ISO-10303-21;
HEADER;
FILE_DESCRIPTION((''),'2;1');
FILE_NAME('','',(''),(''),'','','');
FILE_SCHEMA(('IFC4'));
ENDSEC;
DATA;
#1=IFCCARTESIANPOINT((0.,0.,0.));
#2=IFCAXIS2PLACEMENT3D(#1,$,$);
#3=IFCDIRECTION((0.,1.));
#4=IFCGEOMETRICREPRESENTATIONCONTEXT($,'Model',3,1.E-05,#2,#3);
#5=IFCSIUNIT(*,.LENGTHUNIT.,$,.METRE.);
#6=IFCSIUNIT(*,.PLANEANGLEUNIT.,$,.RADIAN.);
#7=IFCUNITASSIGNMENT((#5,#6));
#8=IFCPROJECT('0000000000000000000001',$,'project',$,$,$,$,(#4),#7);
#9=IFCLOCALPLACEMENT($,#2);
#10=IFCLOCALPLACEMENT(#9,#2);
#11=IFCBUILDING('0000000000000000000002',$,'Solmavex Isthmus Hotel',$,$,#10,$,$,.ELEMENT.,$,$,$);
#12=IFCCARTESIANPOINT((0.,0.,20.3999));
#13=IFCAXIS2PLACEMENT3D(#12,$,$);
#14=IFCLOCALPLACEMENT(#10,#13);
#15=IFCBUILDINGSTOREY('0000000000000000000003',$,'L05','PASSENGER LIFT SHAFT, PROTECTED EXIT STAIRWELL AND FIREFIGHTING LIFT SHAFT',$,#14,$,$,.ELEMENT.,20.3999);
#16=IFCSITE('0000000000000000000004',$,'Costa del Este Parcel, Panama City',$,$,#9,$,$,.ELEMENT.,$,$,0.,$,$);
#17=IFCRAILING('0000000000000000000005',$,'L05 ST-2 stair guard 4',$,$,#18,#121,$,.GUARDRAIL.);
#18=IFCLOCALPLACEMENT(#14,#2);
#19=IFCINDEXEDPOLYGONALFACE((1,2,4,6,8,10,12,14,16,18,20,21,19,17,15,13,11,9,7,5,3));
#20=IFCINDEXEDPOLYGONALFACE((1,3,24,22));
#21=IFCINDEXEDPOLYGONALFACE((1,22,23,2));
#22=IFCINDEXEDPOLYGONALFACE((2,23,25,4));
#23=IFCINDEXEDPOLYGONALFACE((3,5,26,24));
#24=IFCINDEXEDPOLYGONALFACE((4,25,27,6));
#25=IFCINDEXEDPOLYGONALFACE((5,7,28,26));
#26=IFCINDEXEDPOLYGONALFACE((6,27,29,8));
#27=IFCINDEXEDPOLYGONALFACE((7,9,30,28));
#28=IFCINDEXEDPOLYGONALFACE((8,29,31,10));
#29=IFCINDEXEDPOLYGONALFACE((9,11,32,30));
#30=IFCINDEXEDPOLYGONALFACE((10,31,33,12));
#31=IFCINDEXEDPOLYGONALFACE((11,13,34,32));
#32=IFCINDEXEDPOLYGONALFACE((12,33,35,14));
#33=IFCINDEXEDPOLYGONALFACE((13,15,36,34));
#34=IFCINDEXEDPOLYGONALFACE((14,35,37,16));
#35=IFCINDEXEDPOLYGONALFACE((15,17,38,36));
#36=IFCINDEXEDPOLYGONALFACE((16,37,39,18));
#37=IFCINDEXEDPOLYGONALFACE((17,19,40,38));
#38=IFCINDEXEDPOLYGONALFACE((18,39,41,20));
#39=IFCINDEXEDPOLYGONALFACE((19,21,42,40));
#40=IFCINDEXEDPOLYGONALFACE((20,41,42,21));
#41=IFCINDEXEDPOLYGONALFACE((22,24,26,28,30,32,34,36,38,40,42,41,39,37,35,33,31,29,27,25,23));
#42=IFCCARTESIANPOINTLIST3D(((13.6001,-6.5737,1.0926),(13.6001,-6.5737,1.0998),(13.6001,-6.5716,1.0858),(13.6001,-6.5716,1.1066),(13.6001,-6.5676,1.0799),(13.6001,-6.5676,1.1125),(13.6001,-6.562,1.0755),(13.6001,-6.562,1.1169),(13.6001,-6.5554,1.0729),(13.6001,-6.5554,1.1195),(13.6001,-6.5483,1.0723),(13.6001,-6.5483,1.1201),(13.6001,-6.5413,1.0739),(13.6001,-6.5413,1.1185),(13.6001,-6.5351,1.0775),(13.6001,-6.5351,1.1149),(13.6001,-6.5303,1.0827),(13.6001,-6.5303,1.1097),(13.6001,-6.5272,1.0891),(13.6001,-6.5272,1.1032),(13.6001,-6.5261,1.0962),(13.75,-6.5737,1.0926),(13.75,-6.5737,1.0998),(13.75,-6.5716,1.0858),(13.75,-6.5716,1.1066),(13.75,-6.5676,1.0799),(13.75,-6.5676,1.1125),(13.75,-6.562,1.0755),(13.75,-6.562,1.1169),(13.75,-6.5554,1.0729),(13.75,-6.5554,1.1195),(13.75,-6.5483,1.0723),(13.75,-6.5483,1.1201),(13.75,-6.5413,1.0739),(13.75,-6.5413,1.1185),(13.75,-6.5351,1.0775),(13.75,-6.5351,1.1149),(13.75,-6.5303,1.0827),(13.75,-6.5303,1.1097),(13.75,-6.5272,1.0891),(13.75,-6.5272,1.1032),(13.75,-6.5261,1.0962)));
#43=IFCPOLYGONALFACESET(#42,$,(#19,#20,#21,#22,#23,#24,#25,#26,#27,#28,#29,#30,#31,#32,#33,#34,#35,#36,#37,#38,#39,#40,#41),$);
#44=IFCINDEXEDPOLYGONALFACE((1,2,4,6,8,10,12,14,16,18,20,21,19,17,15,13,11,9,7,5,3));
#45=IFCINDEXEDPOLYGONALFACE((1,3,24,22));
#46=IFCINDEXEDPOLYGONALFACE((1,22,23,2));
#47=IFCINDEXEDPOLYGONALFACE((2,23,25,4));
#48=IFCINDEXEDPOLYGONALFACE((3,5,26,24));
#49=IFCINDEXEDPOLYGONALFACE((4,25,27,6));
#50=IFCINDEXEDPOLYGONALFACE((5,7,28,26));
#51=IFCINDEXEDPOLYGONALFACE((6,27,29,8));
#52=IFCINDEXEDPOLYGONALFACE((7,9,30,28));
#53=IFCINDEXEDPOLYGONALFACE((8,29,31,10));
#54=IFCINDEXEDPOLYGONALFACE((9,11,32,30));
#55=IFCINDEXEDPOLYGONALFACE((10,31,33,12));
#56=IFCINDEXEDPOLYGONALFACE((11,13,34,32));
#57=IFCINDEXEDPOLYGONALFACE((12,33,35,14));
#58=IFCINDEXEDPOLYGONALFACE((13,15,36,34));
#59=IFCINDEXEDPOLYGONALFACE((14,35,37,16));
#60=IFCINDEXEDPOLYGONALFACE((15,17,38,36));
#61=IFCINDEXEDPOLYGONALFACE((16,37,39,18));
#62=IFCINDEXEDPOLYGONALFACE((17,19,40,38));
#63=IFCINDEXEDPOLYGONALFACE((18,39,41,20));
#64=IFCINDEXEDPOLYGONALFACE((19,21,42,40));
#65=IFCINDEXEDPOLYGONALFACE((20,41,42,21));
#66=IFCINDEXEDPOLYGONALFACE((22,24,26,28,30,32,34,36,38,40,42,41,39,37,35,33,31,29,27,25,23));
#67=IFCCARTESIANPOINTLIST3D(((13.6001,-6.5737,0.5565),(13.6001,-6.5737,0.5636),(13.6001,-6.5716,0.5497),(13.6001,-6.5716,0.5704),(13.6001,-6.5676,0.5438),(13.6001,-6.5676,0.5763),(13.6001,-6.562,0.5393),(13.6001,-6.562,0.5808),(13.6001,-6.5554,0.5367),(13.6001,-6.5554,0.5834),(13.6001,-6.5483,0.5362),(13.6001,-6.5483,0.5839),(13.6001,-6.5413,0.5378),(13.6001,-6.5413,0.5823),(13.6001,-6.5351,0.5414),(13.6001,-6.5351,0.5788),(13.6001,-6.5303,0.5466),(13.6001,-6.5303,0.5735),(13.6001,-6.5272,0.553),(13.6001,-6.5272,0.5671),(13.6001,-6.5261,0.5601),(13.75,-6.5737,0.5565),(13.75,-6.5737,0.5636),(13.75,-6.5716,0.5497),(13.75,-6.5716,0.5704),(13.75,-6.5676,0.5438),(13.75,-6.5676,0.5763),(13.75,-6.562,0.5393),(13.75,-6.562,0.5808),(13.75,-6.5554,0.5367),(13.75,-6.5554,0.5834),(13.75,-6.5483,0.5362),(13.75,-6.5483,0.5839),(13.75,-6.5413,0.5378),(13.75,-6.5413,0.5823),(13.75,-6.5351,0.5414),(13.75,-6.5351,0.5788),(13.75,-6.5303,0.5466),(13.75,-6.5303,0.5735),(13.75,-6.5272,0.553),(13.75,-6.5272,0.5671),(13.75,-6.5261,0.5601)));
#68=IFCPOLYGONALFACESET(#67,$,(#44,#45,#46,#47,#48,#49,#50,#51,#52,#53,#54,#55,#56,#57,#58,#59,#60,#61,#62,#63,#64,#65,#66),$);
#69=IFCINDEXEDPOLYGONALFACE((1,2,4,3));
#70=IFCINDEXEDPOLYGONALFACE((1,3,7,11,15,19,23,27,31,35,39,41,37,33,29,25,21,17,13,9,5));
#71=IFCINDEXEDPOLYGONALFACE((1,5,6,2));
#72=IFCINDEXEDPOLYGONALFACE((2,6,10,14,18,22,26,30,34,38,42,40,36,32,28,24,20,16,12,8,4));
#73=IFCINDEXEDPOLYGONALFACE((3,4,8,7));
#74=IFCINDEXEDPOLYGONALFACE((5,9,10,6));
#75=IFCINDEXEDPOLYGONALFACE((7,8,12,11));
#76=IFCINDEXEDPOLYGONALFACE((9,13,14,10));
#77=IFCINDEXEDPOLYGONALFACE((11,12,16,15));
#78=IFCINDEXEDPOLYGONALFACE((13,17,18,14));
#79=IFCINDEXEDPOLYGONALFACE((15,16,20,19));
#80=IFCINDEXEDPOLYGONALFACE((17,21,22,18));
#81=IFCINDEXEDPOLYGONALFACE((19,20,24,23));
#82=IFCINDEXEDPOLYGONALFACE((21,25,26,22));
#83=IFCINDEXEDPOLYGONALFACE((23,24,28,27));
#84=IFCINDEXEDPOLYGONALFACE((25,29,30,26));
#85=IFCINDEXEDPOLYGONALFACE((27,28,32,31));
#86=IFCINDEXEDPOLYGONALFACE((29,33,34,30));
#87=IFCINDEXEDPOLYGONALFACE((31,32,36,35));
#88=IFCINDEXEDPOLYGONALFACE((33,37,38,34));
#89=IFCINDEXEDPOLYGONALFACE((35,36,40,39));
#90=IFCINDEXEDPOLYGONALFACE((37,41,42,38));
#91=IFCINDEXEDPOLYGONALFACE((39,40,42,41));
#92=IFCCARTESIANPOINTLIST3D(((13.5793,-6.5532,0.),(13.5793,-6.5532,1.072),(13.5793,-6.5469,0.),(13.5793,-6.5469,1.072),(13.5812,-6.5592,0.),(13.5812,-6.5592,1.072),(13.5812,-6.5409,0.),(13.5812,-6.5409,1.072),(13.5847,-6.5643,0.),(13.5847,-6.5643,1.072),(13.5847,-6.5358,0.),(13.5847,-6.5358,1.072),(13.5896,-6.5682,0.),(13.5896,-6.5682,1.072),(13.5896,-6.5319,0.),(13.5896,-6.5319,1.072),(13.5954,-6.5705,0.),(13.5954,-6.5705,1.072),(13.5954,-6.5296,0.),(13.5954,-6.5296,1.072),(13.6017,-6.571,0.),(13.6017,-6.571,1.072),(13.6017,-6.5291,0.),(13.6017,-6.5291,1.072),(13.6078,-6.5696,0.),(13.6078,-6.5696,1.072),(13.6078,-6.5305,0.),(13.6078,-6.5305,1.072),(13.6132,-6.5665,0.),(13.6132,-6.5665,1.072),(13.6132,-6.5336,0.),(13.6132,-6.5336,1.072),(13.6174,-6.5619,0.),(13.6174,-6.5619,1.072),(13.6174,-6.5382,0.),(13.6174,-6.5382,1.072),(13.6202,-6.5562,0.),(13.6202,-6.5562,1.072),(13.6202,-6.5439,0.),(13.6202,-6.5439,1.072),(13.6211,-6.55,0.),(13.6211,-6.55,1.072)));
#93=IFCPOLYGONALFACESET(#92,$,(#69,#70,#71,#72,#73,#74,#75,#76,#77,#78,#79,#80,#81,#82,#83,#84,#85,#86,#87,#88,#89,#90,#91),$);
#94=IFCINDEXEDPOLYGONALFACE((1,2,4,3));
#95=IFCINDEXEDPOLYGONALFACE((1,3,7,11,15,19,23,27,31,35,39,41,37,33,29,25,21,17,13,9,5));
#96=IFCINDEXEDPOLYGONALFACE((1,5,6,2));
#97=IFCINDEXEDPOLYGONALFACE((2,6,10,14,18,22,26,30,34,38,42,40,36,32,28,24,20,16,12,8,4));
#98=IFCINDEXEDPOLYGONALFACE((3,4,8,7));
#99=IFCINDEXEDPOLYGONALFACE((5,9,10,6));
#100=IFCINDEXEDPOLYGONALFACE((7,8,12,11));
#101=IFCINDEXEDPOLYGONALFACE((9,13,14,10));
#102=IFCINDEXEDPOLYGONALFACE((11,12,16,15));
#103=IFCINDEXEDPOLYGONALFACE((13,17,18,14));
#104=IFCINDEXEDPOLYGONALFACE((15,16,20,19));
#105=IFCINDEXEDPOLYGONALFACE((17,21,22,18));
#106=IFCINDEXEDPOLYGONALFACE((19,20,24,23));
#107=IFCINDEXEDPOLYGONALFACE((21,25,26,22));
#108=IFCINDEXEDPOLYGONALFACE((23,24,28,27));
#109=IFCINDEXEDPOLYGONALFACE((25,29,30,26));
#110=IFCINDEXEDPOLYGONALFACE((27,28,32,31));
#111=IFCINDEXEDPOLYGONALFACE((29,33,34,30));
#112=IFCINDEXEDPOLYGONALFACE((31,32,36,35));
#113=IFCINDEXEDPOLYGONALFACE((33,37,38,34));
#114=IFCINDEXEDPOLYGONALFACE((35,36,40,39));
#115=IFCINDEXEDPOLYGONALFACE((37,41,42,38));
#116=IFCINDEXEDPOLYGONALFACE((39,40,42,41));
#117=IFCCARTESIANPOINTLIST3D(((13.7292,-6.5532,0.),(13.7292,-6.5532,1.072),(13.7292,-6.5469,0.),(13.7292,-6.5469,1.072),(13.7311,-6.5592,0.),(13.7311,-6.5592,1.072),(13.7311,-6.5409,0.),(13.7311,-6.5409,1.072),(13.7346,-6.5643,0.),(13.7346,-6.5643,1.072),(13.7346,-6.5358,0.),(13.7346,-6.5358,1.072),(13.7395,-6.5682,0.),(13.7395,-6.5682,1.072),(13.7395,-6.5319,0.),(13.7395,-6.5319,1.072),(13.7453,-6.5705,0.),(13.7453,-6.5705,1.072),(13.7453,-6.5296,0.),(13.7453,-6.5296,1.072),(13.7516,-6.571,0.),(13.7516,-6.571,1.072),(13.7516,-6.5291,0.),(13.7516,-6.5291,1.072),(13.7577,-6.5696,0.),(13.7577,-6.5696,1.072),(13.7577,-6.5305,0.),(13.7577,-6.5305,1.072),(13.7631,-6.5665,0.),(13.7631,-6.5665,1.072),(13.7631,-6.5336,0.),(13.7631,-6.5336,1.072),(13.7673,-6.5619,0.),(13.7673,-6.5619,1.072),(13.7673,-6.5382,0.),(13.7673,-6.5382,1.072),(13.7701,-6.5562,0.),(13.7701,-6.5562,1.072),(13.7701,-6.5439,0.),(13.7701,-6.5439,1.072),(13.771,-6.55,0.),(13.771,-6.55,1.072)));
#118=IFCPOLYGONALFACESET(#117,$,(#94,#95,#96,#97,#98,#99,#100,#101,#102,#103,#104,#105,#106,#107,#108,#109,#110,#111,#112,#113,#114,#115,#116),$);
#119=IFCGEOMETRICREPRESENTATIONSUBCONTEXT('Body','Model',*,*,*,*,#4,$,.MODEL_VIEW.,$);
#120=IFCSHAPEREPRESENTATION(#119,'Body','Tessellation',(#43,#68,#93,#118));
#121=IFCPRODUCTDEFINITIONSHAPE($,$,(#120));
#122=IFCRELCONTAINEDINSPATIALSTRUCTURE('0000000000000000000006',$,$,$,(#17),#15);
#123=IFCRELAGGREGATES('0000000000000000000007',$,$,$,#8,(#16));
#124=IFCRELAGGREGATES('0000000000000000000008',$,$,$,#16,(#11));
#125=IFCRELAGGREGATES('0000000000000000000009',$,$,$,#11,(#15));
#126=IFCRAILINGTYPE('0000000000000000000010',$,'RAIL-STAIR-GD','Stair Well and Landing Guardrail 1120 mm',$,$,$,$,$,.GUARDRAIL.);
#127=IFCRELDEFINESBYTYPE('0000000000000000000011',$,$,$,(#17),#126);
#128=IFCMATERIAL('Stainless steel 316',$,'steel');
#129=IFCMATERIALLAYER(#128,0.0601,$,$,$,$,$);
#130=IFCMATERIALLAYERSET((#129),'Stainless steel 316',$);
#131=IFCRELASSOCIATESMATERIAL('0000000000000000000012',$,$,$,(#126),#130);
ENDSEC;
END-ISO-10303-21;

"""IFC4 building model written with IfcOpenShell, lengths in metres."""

from ifc_helpers import new_model, si_unit, direction, frame, origin, origin_2d, place, context, subcontext, project, spatial, circle, extrude, material, layer, layer_set, type_object, element, save


model = new_model("IFC4")

# Units and contexts
model_context = context("Model", 3, precision=1e-05, world=origin(), true_north=direction((0.0, 1.0)))
body_context = subcontext(model_context, "Body", "Model", "MODEL_VIEW")
ifc_project = project(units=[si_unit("LENGTHUNIT", "METRE"), si_unit("PLANEANGLEUNIT", "RADIAN")], contexts=[model_context])

# Site, building, storey
site_placement = place(None, origin())
site = spatial("IfcSite", under=ifc_project, at=site_placement, Name="Costa del Este Parcel, Panama City", CompositionType="ELEMENT", RefElevation=0.0)
building_placement = place(site_placement, origin())
building = spatial("IfcBuilding", under=site, at=building_placement, Name="Solmavex Isthmus Hotel", CompositionType="ELEMENT")
storey_placement = place(building_placement, frame((0.0, 0.0, 20.3999)))
storey = spatial("IfcBuildingStorey", under=building, at=storey_placement, Name="L05", Description="PASSENGER LIFT SHAFT, PROTECTED EXIT STAIRWELL AND FIREFIGHTING LIFT SHAFT", CompositionType="ELEMENT", Elevation=20.3999)

# Railing
ifc_material_1 = material(Name="Stainless steel 316", Category="steel")
ifc_layer_1 = layer(ifc_material_1, 0.0601)
ifc_layer_set_1 = layer_set([ifc_layer_1], Name="Stainless steel 316")
railing_type_1 = type_object("IfcRailingType", Name="RAIL-STAIR-GD", Description="Stair Well and Landing Guardrail 1120 mm", PredefinedType="GUARDRAIL", material=ifc_layer_set_1)
railing_1_placement = place(storey_placement, frame((13.6001, -6.55, 0.0)))
element("IfcRailing", 1, at=railing_1_placement, inside=storey, type_object=railing_type_1, Name="L05 ST-2 stair guard 4", PredefinedType="GUARDRAIL", context=body_context, shape_type="SweptSolid", body=[
    extrude(circle(Radius=0.0239, at=origin_2d()), frame((0.0, 0.0, 1.0962), z_axis=(1.0, 0.0, 0.0), x_axis=(0.0, 1.0, 0.0)), (0.0, 0.0, 1.0), 0.1499),
    extrude(circle(Radius=0.0239, at=origin_2d()), frame((0.0, 0.0, 0.5601), z_axis=(1.0, 0.0, 0.0), x_axis=(0.0, 1.0, 0.0)), (0.0, 0.0, 1.0), 0.1499),
    extrude(circle(Radius=0.021, at=origin_2d()), origin(), (0.0, 0.0, 1.0), 1.072),
    extrude(circle(Radius=0.021, at=origin_2d()), frame((0.1499, 0.0, 0.0)), (0.0, 0.0, 1.0), 1.072),
])

save(model, "model.ifc")
